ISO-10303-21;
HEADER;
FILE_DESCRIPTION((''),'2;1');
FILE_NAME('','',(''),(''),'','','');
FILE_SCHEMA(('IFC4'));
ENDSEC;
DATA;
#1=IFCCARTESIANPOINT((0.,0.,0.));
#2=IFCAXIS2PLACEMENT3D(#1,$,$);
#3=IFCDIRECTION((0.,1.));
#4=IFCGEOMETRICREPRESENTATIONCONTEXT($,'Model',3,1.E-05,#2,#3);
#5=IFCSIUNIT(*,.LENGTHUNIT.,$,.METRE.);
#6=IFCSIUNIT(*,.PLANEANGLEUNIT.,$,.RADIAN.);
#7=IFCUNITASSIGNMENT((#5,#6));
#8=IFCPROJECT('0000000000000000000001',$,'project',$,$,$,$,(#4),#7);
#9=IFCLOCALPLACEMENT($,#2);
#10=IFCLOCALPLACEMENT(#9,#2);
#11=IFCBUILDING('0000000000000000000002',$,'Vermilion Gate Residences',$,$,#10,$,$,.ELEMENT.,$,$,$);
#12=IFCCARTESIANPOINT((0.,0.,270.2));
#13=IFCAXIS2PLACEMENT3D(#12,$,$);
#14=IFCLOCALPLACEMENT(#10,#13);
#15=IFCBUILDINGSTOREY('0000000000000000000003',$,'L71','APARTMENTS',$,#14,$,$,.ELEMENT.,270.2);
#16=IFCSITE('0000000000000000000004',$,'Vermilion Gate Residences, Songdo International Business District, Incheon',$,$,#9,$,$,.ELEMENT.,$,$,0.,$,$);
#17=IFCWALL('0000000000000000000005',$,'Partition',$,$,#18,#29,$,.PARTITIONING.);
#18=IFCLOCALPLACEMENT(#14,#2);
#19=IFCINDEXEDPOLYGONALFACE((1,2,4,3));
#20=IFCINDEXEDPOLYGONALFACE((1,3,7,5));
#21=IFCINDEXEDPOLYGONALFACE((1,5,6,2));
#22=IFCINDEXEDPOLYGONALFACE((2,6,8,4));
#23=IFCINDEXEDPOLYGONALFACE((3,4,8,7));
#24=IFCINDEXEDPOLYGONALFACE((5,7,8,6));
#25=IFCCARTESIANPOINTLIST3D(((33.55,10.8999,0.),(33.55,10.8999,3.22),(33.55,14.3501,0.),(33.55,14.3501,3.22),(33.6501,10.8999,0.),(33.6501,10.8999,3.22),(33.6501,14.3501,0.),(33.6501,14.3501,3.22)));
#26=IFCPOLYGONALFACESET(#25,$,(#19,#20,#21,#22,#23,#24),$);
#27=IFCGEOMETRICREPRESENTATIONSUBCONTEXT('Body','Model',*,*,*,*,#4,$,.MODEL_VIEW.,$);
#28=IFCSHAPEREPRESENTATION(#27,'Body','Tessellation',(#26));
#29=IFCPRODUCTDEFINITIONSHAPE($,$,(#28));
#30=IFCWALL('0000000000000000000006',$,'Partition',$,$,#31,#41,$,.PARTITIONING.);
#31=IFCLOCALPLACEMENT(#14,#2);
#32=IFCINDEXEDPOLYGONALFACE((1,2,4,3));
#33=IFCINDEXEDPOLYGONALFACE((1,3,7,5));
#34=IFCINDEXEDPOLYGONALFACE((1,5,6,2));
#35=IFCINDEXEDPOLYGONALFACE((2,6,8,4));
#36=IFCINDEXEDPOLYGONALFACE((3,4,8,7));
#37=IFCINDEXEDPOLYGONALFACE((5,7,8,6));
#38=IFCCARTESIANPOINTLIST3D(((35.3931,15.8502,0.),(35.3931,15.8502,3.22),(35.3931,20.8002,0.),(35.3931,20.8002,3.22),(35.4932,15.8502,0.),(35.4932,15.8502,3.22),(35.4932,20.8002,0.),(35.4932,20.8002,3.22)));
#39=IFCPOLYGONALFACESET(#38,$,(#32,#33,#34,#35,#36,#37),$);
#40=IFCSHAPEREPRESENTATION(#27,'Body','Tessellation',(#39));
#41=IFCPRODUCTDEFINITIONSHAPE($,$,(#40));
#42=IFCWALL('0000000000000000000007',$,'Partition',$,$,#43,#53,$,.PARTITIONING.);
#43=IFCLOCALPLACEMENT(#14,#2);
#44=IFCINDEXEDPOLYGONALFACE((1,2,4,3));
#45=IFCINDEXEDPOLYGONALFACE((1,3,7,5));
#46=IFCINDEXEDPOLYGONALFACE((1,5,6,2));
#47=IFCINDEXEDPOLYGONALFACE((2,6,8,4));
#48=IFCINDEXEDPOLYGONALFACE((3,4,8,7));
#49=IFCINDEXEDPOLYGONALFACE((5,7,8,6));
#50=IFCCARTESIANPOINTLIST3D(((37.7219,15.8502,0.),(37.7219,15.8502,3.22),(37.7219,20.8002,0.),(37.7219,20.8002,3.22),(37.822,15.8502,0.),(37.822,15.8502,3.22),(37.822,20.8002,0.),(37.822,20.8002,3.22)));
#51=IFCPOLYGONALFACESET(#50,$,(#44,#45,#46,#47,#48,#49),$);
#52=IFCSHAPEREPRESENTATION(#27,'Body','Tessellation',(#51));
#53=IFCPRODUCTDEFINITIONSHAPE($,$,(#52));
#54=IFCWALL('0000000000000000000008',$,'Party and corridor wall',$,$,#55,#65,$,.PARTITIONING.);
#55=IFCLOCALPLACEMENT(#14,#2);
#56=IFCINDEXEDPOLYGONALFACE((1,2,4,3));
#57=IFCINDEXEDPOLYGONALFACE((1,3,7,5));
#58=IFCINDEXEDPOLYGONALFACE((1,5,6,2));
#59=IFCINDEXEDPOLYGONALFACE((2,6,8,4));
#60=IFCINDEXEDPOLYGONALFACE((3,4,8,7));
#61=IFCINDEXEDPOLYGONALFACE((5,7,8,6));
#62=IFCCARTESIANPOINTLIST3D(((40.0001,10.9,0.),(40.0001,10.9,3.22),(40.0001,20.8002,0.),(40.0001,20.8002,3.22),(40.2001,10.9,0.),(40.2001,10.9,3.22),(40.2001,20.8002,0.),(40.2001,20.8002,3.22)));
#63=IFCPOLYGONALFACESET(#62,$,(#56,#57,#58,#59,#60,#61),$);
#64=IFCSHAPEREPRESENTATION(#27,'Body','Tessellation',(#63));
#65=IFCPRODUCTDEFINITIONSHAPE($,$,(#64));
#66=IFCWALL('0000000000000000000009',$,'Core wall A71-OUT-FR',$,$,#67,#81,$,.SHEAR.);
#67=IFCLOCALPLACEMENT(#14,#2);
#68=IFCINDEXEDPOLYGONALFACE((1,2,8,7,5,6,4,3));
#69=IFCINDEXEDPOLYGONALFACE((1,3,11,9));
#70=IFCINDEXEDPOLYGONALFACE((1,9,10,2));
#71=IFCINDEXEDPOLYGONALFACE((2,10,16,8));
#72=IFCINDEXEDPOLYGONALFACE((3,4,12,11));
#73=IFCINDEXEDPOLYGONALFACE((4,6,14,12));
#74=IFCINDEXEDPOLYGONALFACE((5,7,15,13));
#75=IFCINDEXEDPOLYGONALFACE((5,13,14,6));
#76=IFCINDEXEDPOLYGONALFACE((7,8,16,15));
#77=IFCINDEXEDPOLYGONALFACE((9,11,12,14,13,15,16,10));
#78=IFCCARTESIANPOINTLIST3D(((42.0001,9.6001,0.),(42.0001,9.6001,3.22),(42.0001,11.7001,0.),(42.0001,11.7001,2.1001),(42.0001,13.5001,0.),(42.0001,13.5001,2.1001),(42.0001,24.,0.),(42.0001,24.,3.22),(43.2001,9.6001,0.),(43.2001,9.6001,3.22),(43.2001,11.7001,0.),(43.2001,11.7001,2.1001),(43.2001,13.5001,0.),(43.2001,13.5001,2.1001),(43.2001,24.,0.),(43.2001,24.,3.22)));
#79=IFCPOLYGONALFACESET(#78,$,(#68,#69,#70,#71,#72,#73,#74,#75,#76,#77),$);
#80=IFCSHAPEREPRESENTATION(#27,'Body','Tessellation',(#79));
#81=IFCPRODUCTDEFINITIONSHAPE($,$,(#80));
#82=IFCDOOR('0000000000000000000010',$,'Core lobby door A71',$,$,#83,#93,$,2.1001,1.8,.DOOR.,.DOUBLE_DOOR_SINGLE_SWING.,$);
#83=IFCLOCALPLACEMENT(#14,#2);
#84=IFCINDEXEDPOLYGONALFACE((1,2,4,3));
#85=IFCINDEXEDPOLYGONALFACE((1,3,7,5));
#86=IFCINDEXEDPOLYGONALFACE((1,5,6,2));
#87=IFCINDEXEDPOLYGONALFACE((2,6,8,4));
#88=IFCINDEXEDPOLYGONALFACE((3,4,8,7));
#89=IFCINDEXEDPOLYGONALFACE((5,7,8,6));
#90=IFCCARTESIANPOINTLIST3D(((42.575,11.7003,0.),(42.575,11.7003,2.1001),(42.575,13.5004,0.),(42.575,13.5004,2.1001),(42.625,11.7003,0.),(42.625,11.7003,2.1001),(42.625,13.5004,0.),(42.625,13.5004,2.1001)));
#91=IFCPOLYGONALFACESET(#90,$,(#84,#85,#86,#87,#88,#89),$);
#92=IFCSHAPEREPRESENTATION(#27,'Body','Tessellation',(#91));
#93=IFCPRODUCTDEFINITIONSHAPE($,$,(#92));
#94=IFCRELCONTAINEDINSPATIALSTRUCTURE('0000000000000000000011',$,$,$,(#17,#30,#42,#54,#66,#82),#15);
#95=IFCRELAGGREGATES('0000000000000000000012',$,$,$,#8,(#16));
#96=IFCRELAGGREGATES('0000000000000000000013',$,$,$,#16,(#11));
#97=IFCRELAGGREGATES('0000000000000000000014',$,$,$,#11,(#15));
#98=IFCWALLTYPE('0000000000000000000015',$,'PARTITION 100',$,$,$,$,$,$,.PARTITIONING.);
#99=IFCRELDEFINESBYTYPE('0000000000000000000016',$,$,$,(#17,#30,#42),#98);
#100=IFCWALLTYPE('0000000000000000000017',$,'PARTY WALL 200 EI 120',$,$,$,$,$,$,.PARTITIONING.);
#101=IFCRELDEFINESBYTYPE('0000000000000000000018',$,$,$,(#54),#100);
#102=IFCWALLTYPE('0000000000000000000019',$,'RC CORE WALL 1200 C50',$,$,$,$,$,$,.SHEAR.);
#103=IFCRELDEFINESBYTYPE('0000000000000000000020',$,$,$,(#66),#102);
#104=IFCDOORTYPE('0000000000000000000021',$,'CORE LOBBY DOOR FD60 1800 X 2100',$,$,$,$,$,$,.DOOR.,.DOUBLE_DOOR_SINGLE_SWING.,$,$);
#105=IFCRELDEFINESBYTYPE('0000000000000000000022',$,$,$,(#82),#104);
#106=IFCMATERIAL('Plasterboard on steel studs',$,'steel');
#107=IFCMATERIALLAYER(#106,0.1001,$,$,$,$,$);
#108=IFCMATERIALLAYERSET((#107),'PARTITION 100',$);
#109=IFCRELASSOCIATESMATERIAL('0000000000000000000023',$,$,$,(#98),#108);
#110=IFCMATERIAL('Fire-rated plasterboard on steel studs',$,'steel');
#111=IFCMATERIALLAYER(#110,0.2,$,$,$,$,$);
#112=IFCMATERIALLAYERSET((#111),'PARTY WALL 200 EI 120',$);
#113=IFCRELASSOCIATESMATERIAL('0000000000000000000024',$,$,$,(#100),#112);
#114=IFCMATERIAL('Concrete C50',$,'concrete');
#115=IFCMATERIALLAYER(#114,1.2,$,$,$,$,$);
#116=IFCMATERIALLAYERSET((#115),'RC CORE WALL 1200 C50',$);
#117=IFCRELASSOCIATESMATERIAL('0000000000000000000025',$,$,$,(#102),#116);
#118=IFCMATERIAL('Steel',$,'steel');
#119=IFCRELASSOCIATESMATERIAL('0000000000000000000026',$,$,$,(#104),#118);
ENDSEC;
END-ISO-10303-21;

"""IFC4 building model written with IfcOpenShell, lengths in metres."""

from ifc_helpers import new_model, si_unit, direction, frame, frame_2d, origin, place, context, subcontext, project, spatial, rectangle, extrude, material, layer, layer_set, type_object, element, fill, save


model = new_model("IFC4")

# Units and contexts
model_context = context("Model", 3, precision=1e-05, world=origin(), true_north=direction((0.0, 1.0)))
body_context = subcontext(model_context, "Body", "Model", "MODEL_VIEW")
ifc_project = project(units=[si_unit("LENGTHUNIT", "METRE"), si_unit("PLANEANGLEUNIT", "RADIAN")], contexts=[model_context])

# Site, building, storey
site_placement = place(None, origin())
site = spatial("IfcSite", under=ifc_project, at=site_placement, Name="Vermilion Gate Residences, Songdo International Business District, Incheon", CompositionType="ELEMENT", RefElevation=0.0)
building_placement = place(site_placement, origin())
building = spatial("IfcBuilding", under=site, at=building_placement, Name="Vermilion Gate Residences", CompositionType="ELEMENT")
storey_placement = place(building_placement, frame((0.0, 0.0, 270.2)))
storey = spatial("IfcBuildingStorey", under=building, at=storey_placement, Name="L71", Description="APARTMENTS", CompositionType="ELEMENT", Elevation=270.2)

# Walls
ifc_material_1 = material(Name="Plasterboard on steel studs", Category="steel")
ifc_layer_1 = layer(ifc_material_1, 0.1001)
ifc_layer_set_1 = layer_set([ifc_layer_1], Name="PARTITION 100")
wall_type_1 = type_object("IfcWallType", Name="PARTITION 100", PredefinedType="PARTITIONING", material=ifc_layer_set_1)
wall_1_placement = place(storey_placement, frame((33.6001, 10.8999, 0.0), z_axis=(0.0, 0.0, 1.0), x_axis=(0.0, 1.0, 0.0)))
element("IfcWall", 1, at=wall_1_placement, inside=storey, type_object=wall_type_1, Name="Partition", PredefinedType="PARTITIONING", context=body_context, shape_type="SweptSolid", body=[
    extrude(rectangle(XDim=3.4502, YDim=0.1001, at=frame_2d((1.7251, 0.0))), origin(), (0.0, 0.0, 1.0), 3.22),
])
for number, where, z_axis, x_axis, name in (
    (2, (35.4431, 15.8501, 0.0), (0.0, 0.0, 1.0), (0.0, 1.0, 0.0), "Partition"),
    (3, (37.772, 15.8501, 0.0), (0.0, 0.0, 1.0), (0.0, 1.0, 0.0), "Partition"),
):
    element("IfcWall", number, at=place(storey_placement, frame(where, z_axis=z_axis, x_axis=x_axis)), inside=storey, type_object=wall_type_1, Name=name, PredefinedType="PARTITIONING", context=body_context, shape_type="SweptSolid", body=[
        extrude(rectangle(XDim=4.95, YDim=0.1001, at=frame_2d((2.4751, 0.0))), origin(), (0.0, 0.0, 1.0), 3.22),
    ])
ifc_material_2 = material(Name="Fire-rated plasterboard on steel studs", Category="steel")
ifc_layer_2 = layer(ifc_material_2, 0.2)
ifc_layer_set_2 = layer_set([ifc_layer_2], Name="PARTY WALL 200 EI 120")
wall_type_2 = type_object("IfcWallType", Name="PARTY WALL 200 EI 120", PredefinedType="PARTITIONING", material=ifc_layer_set_2)
wall_2_placement = place(storey_placement, frame((40.1001, 10.8999, 0.0), z_axis=(0.0, 0.0, 1.0), x_axis=(0.0, 1.0, 0.0)))
element("IfcWall", 4, at=wall_2_placement, inside=storey, type_object=wall_type_2, Name="Party and corridor wall", PredefinedType="PARTITIONING", context=body_context, shape_type="SweptSolid", body=[
    extrude(rectangle(XDim=9.9001, YDim=0.2, at=frame_2d((4.9502, 0.0))), origin(), (0.0, 0.0, 1.0), 3.22),
])

# Wall, opening, door
ifc_material_3 = material(Name="Concrete C50", Category="concrete")
ifc_layer_3 = layer(ifc_material_3, 1.2)
ifc_layer_set_3 = layer_set([ifc_layer_3], Name="RC CORE WALL 1200 C50")
wall_type_3 = type_object("IfcWallType", Name="RC CORE WALL 1200 C50", PredefinedType="SHEAR", material=ifc_layer_set_3)
wall_3_placement = place(storey_placement, frame((42.6001, 9.6001, 0.0), z_axis=(0.0, 0.0, 1.0), x_axis=(0.0, 1.0, 0.0)))
wall_3 = element("IfcWall", 5, at=wall_3_placement, inside=storey, type_object=wall_type_3, Name="Core wall A71-OUT-FR", PredefinedType="SHEAR", context=body_context, shape_type="SweptSolid", body=[
    extrude(rectangle(XDim=14.3999, YDim=1.2, at=frame_2d((7.2, 0.0))), origin(), (0.0, 0.0, 1.0), 3.22),
])
opening_1_placement = place(wall_3_placement, frame((2.1001, 0.0, 0.0)))
opening_1 = element("IfcOpeningElement", 6, at=opening_1_placement, cuts=wall_3, PredefinedType="OPENING", context=body_context, shape_type="SweptSolid", body=[
    extrude(rectangle(XDim=1.8, YDim=2.1001, at=frame_2d((0.8999, 1.05))), frame((0.0, 0.6099, 0.0), z_axis=(0.0, -1.0, 0.0), x_axis=(1.0, 0.0, 0.0)), (0.0, 0.0, 1.0), 1.22),
])
ifc_material_4 = material(Name="Steel", Category="steel")
door_type_1 = type_object("IfcDoorType", Name="CORE LOBBY DOOR FD60 1800 X 2100", OperationType="DOUBLE_DOOR_SINGLE_SWING", PredefinedType="DOOR", material=ifc_material_4)
door_1_placement = place(opening_1_placement, frame((1.8, 0.0, 0.0), z_axis=(0.0, 0.0, 1.0), x_axis=(-1.0, 0.0, 0.0)))
door_1 = element("IfcDoor", 7, at=door_1_placement, inside=storey, type_object=door_type_1, Name="Core lobby door A71", OperationType="DOUBLE_DOOR_SINGLE_SWING", OverallHeight=2.1001, OverallWidth=1.8, PredefinedType="DOOR", context=body_context, shape_type="SweptSolid", body=[
    extrude(rectangle(XDim=1.8, YDim=2.1001, at=frame_2d((0.8999, 1.05))), frame((0.0, 0.0249, 0.0), z_axis=(0.0, -1.0, 0.0), x_axis=(1.0, 0.0, 0.0)), (0.0, 0.0, 1.0), 0.05),
])
fill(opening_1, door_1)

save(model, "model.ifc")
